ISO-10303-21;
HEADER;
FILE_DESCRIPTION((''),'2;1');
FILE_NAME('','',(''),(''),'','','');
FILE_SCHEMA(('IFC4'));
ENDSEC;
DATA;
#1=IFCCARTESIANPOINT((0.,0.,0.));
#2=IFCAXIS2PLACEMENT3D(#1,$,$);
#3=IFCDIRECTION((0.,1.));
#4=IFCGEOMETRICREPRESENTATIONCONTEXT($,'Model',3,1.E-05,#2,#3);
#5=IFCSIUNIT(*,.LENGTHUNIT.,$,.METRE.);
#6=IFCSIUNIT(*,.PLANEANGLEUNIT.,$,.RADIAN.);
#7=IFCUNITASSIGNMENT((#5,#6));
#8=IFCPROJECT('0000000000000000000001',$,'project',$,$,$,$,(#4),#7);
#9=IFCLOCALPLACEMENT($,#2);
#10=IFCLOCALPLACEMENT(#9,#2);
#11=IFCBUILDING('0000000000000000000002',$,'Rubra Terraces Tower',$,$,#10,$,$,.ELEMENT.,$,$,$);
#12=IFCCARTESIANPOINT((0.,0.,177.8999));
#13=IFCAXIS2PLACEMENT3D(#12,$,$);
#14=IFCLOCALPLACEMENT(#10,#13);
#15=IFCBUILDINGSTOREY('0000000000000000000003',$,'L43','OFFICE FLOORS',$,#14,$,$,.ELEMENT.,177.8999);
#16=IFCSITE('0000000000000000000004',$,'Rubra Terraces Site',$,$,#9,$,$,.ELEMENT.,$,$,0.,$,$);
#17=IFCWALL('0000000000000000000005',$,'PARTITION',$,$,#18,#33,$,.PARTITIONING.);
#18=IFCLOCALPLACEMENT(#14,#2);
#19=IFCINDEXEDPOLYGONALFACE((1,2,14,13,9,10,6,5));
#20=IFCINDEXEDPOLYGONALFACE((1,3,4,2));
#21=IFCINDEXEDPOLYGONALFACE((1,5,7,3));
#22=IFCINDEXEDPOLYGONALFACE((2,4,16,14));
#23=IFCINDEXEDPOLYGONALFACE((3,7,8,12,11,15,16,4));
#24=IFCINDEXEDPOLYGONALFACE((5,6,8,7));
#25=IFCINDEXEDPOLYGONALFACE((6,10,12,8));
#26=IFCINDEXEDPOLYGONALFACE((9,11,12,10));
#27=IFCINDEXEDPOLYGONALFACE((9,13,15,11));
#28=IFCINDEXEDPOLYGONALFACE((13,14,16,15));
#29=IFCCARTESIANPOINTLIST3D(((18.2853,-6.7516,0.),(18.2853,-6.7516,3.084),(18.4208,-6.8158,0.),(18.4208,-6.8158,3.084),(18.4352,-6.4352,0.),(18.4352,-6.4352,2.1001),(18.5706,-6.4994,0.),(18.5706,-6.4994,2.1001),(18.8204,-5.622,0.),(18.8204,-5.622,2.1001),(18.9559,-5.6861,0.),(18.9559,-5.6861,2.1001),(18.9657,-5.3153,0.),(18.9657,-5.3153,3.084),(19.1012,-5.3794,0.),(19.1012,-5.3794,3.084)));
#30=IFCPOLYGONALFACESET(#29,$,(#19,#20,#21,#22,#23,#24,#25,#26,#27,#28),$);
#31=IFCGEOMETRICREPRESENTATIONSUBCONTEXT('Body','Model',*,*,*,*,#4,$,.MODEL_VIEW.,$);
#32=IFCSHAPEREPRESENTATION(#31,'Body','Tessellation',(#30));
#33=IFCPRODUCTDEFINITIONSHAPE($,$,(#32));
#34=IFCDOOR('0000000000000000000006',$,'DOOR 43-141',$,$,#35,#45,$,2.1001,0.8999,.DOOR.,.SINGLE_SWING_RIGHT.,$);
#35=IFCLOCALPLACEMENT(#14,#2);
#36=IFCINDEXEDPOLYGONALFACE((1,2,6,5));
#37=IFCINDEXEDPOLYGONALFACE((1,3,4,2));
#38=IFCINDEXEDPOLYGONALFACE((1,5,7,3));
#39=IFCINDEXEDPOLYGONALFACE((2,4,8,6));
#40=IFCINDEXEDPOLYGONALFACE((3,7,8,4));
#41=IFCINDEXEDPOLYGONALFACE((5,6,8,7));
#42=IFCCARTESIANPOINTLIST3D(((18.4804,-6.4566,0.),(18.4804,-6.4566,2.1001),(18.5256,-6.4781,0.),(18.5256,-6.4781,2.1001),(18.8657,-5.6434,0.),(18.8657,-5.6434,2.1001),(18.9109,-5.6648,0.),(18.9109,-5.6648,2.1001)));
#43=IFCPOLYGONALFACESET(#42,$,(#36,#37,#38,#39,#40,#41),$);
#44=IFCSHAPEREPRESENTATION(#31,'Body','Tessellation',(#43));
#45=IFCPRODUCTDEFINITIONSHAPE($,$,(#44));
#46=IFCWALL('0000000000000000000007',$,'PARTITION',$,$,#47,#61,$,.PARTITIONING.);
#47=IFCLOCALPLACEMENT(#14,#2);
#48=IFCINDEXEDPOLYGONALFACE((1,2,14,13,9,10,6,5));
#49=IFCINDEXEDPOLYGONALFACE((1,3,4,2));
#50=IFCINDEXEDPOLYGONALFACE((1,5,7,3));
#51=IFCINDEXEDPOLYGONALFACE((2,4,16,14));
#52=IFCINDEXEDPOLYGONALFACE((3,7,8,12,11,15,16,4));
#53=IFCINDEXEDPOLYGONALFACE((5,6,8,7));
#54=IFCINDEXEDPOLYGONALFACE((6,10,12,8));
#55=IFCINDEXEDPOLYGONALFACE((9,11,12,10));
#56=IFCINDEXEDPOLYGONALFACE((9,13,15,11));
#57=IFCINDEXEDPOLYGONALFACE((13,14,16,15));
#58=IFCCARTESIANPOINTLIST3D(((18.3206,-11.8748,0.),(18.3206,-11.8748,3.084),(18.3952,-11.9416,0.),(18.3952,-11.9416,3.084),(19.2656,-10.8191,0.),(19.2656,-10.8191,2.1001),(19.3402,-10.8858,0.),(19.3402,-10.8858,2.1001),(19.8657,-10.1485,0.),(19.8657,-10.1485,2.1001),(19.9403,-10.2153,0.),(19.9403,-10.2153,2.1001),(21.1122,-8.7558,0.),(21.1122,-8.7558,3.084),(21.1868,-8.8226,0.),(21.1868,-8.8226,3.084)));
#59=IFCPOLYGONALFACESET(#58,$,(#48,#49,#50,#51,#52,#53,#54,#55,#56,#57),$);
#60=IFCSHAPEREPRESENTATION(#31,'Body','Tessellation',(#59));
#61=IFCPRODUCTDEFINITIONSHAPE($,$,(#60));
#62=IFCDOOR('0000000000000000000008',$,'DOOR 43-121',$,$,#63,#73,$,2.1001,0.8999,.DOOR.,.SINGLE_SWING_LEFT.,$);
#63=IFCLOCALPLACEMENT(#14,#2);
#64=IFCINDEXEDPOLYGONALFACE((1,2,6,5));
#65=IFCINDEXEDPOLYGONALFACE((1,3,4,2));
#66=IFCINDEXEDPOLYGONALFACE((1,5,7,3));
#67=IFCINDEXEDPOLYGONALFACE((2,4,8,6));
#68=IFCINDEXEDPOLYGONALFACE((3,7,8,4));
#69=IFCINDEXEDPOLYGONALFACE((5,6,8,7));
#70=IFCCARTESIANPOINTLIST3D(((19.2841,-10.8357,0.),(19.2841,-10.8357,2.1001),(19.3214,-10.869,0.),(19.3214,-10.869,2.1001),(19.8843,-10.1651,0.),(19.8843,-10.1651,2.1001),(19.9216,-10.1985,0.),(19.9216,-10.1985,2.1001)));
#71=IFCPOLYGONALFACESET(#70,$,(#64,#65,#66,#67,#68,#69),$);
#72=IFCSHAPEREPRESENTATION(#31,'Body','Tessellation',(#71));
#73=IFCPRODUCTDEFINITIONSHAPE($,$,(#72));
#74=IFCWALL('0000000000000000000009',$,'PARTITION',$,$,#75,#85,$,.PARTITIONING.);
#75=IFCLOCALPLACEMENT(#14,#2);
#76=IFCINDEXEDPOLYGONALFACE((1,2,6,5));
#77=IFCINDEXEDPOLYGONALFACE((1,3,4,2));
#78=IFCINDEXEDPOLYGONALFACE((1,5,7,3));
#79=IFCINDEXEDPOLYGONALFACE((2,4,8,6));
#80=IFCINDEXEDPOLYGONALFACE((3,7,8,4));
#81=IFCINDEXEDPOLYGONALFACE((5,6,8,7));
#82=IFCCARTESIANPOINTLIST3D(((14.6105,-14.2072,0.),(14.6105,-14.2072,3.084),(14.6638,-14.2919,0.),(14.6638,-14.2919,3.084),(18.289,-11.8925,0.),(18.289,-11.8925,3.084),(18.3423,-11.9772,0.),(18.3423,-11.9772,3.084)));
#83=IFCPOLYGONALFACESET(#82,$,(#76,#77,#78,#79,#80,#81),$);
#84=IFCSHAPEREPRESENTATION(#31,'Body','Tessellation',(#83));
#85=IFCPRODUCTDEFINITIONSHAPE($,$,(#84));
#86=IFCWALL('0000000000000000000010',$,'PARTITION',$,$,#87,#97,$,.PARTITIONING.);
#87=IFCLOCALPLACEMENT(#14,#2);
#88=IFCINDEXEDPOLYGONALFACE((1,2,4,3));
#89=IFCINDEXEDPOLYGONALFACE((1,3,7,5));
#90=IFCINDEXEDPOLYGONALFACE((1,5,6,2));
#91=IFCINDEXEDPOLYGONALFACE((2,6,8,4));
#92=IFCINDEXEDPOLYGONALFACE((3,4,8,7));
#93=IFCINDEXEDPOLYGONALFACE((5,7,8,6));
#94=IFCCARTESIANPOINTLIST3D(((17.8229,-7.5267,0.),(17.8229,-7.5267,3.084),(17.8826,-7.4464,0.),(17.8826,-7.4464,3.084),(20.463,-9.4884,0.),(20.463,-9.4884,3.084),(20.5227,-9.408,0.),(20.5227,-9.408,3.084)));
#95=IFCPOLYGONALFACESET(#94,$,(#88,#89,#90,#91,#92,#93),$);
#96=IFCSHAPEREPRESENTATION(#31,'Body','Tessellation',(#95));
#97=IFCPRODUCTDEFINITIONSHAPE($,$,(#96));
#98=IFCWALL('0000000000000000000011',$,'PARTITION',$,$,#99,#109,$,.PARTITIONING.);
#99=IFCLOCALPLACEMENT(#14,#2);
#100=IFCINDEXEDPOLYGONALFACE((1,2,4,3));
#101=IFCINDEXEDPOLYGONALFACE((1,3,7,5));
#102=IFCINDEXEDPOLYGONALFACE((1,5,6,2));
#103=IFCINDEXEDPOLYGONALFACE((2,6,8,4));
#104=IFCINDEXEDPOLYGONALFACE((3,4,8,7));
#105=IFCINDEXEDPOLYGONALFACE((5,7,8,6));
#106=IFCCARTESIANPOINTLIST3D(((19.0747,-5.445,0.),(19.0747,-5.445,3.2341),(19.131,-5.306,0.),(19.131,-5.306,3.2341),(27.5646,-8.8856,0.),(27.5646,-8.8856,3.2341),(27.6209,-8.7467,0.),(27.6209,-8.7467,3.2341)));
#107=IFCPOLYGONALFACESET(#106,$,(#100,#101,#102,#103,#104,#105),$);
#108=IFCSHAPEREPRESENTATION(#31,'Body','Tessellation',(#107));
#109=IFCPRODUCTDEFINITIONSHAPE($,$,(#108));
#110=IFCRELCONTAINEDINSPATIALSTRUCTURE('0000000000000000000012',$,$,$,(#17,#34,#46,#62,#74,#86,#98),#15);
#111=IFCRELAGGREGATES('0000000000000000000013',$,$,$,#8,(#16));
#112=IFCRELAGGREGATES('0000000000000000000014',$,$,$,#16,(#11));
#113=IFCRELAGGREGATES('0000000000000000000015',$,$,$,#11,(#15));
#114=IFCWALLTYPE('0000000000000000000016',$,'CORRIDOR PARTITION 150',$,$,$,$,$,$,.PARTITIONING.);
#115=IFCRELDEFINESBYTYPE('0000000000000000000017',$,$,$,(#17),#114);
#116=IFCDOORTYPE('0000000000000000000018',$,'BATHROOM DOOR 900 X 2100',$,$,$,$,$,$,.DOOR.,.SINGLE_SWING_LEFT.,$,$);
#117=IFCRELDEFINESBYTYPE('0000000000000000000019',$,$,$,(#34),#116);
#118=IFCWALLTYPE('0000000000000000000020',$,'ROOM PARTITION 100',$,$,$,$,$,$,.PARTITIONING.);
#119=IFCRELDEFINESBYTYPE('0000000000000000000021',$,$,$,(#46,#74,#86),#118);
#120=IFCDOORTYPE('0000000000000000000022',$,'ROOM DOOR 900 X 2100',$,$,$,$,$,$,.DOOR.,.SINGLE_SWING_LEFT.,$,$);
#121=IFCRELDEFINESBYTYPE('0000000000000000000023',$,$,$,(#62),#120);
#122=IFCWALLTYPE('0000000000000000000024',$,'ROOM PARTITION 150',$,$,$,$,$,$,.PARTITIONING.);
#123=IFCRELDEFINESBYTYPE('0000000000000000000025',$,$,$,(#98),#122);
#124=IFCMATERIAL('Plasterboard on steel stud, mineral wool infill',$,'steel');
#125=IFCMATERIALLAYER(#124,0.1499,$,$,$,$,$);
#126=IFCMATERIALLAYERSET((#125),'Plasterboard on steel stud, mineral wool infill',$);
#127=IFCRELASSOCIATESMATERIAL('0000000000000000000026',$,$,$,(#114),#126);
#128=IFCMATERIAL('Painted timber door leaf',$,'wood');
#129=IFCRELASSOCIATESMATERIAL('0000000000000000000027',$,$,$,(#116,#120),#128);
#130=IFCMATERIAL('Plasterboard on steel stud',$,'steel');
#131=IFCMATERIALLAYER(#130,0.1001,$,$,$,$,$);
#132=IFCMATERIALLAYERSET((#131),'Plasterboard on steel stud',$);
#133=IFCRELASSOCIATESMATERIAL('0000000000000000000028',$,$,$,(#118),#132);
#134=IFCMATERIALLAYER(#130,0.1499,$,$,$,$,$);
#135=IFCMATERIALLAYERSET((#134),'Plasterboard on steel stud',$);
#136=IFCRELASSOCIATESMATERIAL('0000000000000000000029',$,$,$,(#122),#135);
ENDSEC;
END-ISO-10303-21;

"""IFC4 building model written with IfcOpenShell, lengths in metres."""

from ifc_helpers import new_model, si_unit, direction, frame, frame_2d, origin, place, context, subcontext, project, spatial, rectangle, extrude, material, layer, layer_set, type_object, element, fill, save


model = new_model("IFC4")

# Units and contexts
model_context = context("Model", 3, precision=1e-05, world=origin(), true_north=direction((0.0, 1.0)))
body_context = subcontext(model_context, "Body", "Model", "MODEL_VIEW")
ifc_project = project(units=[si_unit("LENGTHUNIT", "METRE"), si_unit("PLANEANGLEUNIT", "RADIAN")], contexts=[model_context])

# Site, building, storey
site_placement = place(None, origin())
site = spatial("IfcSite", under=ifc_project, at=site_placement, Name="Rubra Terraces Site", CompositionType="ELEMENT", RefElevation=0.0)
building_placement = place(site_placement, origin())
building = spatial("IfcBuilding", under=site, at=building_placement, Name="Rubra Terraces Tower", CompositionType="ELEMENT")
storey_placement = place(building_placement, frame((0.0, 0.0, 177.8999)))
storey = spatial("IfcBuildingStorey", under=building, at=storey_placement, Name="L43", Description="OFFICE FLOORS", CompositionType="ELEMENT", Elevation=177.8999)

# Shared definitions
ifc_material_1 = material(Name="Plasterboard on steel stud, mineral wool infill", Category="steel")
ifc_layer_1 = layer(ifc_material_1, 0.1499)
ifc_layer_set_1 = layer_set([ifc_layer_1], Name="Plasterboard on steel stud, mineral wool infill")
wall_type_1 = type_object("IfcWallType", Name="CORRIDOR PARTITION 150", PredefinedType="PARTITIONING", material=ifc_layer_set_1)

# Walls, openings, doors
wall_1_placement = place(storey_placement, frame((18.353, -6.7837, 0.0), z_axis=(0.0, 0.0, 1.0), x_axis=(0.428126, 0.903719, 0.0)))
wall_1 = element("IfcWall", 1, at=wall_1_placement, inside=storey, type_object=wall_type_1, Name="PARTITION", PredefinedType="PARTITIONING", context=body_context, shape_type="SweptSolid", body=[
    extrude(rectangle(XDim=1.5894, YDim=0.1499, at=frame_2d((0.7947, 0.0))), origin(), (0.0, 0.0, 1.0), 3.084),
])
opening_1_placement = place(wall_1_placement, frame((0.3501, 0.0, 0.0)))
opening_1 = element("IfcOpeningElement", 2, at=opening_1_placement, cuts=wall_1, PredefinedType="OPENING", context=body_context, shape_type="SweptSolid", body=[
    extrude(rectangle(XDim=0.8999, YDim=2.1001, at=frame_2d((0.45, 1.05))), frame((0.0, 0.085, 0.0), z_axis=(0.0, -1.0, 0.0), x_axis=(1.0, 0.0, 0.0)), (0.0, 0.0, 1.0), 0.1699),
])
ifc_material_2 = material(Name="Painted timber door leaf", Category="wood")
door_type_1 = type_object("IfcDoorType", Name="BATHROOM DOOR 900 X 2100", OperationType="SINGLE_SWING_LEFT", PredefinedType="DOOR", material=ifc_material_2)
door_1_placement = place(opening_1_placement, origin())
door_1 = element("IfcDoor", 3, at=door_1_placement, inside=storey, type_object=door_type_1, Name="DOOR 43-141", OperationType="SINGLE_SWING_RIGHT", OverallHeight=2.1001, OverallWidth=0.8999, PredefinedType="DOOR", context=body_context, shape_type="SweptSolid", body=[
    extrude(rectangle(XDim=0.8999, YDim=2.1001, at=frame_2d((0.45, 1.05))), frame((0.0, 0.0249, 0.0), z_axis=(0.0, -1.0, 0.0), x_axis=(1.0, 0.0, 0.0)), (0.0, 0.0, 1.0), 0.05),
])
fill(opening_1, door_1)
ifc_material_3 = material(Name="Plasterboard on steel stud", Category="steel")
ifc_layer_2 = layer(ifc_material_3, 0.1001)
ifc_layer_set_2 = layer_set([ifc_layer_2], Name="Plasterboard on steel stud")
wall_type_2 = type_object("IfcWallType", Name="ROOM PARTITION 100", PredefinedType="PARTITIONING", material=ifc_layer_set_2)
wall_2_placement = place(storey_placement, frame((21.1494, -8.7893, 0.0), z_axis=(0.0, 0.0, 1.0), x_axis=(-0.666916, -0.745133, 0.0)))
wall_2 = element("IfcWall", 4, at=wall_2_placement, inside=storey, type_object=wall_type_2, Name="PARTITION", PredefinedType="PARTITIONING", context=body_context, shape_type="SweptSolid", body=[
    extrude(rectangle(XDim=4.1858, YDim=0.1001, at=frame_2d((2.0928, 0.0))), origin(), (0.0, 0.0, 1.0), 3.084),
])
opening_2_placement = place(wall_2_placement, frame((1.8689, 0.0, 0.0)))
opening_2 = element("IfcOpeningElement", 5, at=opening_2_placement, cuts=wall_2, PredefinedType="OPENING", context=body_context, shape_type="SweptSolid", body=[
    extrude(rectangle(XDim=0.8999, YDim=2.1001, at=frame_2d((0.45, 1.05))), frame((0.0, 0.0601, 0.0), z_axis=(0.0, -1.0, 0.0), x_axis=(1.0, 0.0, 0.0)), (0.0, 0.0, 1.0), 0.1201),
])
door_type_2 = type_object("IfcDoorType", Name="ROOM DOOR 900 X 2100", OperationType="SINGLE_SWING_LEFT", PredefinedType="DOOR", material=ifc_material_2)
door_2_placement = place(opening_2_placement, origin())
door_2 = element("IfcDoor", 6, at=door_2_placement, inside=storey, type_object=door_type_2, Name="DOOR 43-121", OperationType="SINGLE_SWING_LEFT", OverallHeight=2.1001, OverallWidth=0.8999, PredefinedType="DOOR", context=body_context, shape_type="SweptSolid", body=[
    extrude(rectangle(XDim=0.8999, YDim=2.1001, at=frame_2d((0.45, 1.05))), frame((0.0, 0.0249, 0.0), z_axis=(0.0, -1.0, 0.0), x_axis=(1.0, 0.0, 0.0)), (0.0, 0.0, 1.0), 0.05),
])
fill(opening_2, door_2)

# Walls
wall_3_placement = place(storey_placement, frame((18.3157, -11.9348, 0.0), z_axis=(0.0, 0.0, 1.0), x_axis=(-0.846375, -0.532587, 0.0)))
element("IfcWall", 7, at=wall_3_placement, inside=storey, type_object=wall_type_2, Name="PARTITION", PredefinedType="PARTITIONING", context=body_context, shape_type="SweptSolid", body=[
    extrude(rectangle(XDim=4.3462, YDim=0.1001, at=frame_2d((2.1731, 0.0))), origin(), (0.0, 0.0, 1.0), 3.084),
])
wall_4_placement = place(storey_placement, frame((17.8528, -7.4866, 0.0), z_axis=(0.0, 0.0, 1.0), x_axis=(0.802682, -0.596407, 0.0)))
element("IfcWall", 8, at=wall_4_placement, inside=storey, type_object=wall_type_2, Name="PARTITION", PredefinedType="PARTITIONING", context=body_context, shape_type="SweptSolid", body=[
    extrude(rectangle(XDim=3.2891, YDim=0.1001, at=frame_2d((1.6445, 0.0))), origin(), (0.0, 0.0, 1.0), 3.084),
])
ifc_layer_3 = layer(ifc_material_3, 0.1499)
ifc_layer_set_3 = layer_set([ifc_layer_3], Name="Plasterboard on steel stud")
wall_type_3 = type_object("IfcWallType", Name="ROOM PARTITION 150", PredefinedType="PARTITIONING", material=ifc_layer_set_3)
wall_5_placement = place(storey_placement, frame((27.5928, -8.8162, 0.0), z_axis=(0.0, 0.0, 1.0), x_axis=(-0.926785, 0.375591, 0.0)))
element("IfcWall", 9, at=wall_5_placement, inside=storey, type_object=wall_type_3, Name="PARTITION", PredefinedType="PARTITIONING", context=body_context, shape_type="SweptSolid", body=[
    extrude(rectangle(XDim=9.1606, YDim=0.1499, at=frame_2d((4.5803, 0.0))), origin(), (0.0, 0.0, 1.0), 3.2341),
])

save(model, "model.ifc")
